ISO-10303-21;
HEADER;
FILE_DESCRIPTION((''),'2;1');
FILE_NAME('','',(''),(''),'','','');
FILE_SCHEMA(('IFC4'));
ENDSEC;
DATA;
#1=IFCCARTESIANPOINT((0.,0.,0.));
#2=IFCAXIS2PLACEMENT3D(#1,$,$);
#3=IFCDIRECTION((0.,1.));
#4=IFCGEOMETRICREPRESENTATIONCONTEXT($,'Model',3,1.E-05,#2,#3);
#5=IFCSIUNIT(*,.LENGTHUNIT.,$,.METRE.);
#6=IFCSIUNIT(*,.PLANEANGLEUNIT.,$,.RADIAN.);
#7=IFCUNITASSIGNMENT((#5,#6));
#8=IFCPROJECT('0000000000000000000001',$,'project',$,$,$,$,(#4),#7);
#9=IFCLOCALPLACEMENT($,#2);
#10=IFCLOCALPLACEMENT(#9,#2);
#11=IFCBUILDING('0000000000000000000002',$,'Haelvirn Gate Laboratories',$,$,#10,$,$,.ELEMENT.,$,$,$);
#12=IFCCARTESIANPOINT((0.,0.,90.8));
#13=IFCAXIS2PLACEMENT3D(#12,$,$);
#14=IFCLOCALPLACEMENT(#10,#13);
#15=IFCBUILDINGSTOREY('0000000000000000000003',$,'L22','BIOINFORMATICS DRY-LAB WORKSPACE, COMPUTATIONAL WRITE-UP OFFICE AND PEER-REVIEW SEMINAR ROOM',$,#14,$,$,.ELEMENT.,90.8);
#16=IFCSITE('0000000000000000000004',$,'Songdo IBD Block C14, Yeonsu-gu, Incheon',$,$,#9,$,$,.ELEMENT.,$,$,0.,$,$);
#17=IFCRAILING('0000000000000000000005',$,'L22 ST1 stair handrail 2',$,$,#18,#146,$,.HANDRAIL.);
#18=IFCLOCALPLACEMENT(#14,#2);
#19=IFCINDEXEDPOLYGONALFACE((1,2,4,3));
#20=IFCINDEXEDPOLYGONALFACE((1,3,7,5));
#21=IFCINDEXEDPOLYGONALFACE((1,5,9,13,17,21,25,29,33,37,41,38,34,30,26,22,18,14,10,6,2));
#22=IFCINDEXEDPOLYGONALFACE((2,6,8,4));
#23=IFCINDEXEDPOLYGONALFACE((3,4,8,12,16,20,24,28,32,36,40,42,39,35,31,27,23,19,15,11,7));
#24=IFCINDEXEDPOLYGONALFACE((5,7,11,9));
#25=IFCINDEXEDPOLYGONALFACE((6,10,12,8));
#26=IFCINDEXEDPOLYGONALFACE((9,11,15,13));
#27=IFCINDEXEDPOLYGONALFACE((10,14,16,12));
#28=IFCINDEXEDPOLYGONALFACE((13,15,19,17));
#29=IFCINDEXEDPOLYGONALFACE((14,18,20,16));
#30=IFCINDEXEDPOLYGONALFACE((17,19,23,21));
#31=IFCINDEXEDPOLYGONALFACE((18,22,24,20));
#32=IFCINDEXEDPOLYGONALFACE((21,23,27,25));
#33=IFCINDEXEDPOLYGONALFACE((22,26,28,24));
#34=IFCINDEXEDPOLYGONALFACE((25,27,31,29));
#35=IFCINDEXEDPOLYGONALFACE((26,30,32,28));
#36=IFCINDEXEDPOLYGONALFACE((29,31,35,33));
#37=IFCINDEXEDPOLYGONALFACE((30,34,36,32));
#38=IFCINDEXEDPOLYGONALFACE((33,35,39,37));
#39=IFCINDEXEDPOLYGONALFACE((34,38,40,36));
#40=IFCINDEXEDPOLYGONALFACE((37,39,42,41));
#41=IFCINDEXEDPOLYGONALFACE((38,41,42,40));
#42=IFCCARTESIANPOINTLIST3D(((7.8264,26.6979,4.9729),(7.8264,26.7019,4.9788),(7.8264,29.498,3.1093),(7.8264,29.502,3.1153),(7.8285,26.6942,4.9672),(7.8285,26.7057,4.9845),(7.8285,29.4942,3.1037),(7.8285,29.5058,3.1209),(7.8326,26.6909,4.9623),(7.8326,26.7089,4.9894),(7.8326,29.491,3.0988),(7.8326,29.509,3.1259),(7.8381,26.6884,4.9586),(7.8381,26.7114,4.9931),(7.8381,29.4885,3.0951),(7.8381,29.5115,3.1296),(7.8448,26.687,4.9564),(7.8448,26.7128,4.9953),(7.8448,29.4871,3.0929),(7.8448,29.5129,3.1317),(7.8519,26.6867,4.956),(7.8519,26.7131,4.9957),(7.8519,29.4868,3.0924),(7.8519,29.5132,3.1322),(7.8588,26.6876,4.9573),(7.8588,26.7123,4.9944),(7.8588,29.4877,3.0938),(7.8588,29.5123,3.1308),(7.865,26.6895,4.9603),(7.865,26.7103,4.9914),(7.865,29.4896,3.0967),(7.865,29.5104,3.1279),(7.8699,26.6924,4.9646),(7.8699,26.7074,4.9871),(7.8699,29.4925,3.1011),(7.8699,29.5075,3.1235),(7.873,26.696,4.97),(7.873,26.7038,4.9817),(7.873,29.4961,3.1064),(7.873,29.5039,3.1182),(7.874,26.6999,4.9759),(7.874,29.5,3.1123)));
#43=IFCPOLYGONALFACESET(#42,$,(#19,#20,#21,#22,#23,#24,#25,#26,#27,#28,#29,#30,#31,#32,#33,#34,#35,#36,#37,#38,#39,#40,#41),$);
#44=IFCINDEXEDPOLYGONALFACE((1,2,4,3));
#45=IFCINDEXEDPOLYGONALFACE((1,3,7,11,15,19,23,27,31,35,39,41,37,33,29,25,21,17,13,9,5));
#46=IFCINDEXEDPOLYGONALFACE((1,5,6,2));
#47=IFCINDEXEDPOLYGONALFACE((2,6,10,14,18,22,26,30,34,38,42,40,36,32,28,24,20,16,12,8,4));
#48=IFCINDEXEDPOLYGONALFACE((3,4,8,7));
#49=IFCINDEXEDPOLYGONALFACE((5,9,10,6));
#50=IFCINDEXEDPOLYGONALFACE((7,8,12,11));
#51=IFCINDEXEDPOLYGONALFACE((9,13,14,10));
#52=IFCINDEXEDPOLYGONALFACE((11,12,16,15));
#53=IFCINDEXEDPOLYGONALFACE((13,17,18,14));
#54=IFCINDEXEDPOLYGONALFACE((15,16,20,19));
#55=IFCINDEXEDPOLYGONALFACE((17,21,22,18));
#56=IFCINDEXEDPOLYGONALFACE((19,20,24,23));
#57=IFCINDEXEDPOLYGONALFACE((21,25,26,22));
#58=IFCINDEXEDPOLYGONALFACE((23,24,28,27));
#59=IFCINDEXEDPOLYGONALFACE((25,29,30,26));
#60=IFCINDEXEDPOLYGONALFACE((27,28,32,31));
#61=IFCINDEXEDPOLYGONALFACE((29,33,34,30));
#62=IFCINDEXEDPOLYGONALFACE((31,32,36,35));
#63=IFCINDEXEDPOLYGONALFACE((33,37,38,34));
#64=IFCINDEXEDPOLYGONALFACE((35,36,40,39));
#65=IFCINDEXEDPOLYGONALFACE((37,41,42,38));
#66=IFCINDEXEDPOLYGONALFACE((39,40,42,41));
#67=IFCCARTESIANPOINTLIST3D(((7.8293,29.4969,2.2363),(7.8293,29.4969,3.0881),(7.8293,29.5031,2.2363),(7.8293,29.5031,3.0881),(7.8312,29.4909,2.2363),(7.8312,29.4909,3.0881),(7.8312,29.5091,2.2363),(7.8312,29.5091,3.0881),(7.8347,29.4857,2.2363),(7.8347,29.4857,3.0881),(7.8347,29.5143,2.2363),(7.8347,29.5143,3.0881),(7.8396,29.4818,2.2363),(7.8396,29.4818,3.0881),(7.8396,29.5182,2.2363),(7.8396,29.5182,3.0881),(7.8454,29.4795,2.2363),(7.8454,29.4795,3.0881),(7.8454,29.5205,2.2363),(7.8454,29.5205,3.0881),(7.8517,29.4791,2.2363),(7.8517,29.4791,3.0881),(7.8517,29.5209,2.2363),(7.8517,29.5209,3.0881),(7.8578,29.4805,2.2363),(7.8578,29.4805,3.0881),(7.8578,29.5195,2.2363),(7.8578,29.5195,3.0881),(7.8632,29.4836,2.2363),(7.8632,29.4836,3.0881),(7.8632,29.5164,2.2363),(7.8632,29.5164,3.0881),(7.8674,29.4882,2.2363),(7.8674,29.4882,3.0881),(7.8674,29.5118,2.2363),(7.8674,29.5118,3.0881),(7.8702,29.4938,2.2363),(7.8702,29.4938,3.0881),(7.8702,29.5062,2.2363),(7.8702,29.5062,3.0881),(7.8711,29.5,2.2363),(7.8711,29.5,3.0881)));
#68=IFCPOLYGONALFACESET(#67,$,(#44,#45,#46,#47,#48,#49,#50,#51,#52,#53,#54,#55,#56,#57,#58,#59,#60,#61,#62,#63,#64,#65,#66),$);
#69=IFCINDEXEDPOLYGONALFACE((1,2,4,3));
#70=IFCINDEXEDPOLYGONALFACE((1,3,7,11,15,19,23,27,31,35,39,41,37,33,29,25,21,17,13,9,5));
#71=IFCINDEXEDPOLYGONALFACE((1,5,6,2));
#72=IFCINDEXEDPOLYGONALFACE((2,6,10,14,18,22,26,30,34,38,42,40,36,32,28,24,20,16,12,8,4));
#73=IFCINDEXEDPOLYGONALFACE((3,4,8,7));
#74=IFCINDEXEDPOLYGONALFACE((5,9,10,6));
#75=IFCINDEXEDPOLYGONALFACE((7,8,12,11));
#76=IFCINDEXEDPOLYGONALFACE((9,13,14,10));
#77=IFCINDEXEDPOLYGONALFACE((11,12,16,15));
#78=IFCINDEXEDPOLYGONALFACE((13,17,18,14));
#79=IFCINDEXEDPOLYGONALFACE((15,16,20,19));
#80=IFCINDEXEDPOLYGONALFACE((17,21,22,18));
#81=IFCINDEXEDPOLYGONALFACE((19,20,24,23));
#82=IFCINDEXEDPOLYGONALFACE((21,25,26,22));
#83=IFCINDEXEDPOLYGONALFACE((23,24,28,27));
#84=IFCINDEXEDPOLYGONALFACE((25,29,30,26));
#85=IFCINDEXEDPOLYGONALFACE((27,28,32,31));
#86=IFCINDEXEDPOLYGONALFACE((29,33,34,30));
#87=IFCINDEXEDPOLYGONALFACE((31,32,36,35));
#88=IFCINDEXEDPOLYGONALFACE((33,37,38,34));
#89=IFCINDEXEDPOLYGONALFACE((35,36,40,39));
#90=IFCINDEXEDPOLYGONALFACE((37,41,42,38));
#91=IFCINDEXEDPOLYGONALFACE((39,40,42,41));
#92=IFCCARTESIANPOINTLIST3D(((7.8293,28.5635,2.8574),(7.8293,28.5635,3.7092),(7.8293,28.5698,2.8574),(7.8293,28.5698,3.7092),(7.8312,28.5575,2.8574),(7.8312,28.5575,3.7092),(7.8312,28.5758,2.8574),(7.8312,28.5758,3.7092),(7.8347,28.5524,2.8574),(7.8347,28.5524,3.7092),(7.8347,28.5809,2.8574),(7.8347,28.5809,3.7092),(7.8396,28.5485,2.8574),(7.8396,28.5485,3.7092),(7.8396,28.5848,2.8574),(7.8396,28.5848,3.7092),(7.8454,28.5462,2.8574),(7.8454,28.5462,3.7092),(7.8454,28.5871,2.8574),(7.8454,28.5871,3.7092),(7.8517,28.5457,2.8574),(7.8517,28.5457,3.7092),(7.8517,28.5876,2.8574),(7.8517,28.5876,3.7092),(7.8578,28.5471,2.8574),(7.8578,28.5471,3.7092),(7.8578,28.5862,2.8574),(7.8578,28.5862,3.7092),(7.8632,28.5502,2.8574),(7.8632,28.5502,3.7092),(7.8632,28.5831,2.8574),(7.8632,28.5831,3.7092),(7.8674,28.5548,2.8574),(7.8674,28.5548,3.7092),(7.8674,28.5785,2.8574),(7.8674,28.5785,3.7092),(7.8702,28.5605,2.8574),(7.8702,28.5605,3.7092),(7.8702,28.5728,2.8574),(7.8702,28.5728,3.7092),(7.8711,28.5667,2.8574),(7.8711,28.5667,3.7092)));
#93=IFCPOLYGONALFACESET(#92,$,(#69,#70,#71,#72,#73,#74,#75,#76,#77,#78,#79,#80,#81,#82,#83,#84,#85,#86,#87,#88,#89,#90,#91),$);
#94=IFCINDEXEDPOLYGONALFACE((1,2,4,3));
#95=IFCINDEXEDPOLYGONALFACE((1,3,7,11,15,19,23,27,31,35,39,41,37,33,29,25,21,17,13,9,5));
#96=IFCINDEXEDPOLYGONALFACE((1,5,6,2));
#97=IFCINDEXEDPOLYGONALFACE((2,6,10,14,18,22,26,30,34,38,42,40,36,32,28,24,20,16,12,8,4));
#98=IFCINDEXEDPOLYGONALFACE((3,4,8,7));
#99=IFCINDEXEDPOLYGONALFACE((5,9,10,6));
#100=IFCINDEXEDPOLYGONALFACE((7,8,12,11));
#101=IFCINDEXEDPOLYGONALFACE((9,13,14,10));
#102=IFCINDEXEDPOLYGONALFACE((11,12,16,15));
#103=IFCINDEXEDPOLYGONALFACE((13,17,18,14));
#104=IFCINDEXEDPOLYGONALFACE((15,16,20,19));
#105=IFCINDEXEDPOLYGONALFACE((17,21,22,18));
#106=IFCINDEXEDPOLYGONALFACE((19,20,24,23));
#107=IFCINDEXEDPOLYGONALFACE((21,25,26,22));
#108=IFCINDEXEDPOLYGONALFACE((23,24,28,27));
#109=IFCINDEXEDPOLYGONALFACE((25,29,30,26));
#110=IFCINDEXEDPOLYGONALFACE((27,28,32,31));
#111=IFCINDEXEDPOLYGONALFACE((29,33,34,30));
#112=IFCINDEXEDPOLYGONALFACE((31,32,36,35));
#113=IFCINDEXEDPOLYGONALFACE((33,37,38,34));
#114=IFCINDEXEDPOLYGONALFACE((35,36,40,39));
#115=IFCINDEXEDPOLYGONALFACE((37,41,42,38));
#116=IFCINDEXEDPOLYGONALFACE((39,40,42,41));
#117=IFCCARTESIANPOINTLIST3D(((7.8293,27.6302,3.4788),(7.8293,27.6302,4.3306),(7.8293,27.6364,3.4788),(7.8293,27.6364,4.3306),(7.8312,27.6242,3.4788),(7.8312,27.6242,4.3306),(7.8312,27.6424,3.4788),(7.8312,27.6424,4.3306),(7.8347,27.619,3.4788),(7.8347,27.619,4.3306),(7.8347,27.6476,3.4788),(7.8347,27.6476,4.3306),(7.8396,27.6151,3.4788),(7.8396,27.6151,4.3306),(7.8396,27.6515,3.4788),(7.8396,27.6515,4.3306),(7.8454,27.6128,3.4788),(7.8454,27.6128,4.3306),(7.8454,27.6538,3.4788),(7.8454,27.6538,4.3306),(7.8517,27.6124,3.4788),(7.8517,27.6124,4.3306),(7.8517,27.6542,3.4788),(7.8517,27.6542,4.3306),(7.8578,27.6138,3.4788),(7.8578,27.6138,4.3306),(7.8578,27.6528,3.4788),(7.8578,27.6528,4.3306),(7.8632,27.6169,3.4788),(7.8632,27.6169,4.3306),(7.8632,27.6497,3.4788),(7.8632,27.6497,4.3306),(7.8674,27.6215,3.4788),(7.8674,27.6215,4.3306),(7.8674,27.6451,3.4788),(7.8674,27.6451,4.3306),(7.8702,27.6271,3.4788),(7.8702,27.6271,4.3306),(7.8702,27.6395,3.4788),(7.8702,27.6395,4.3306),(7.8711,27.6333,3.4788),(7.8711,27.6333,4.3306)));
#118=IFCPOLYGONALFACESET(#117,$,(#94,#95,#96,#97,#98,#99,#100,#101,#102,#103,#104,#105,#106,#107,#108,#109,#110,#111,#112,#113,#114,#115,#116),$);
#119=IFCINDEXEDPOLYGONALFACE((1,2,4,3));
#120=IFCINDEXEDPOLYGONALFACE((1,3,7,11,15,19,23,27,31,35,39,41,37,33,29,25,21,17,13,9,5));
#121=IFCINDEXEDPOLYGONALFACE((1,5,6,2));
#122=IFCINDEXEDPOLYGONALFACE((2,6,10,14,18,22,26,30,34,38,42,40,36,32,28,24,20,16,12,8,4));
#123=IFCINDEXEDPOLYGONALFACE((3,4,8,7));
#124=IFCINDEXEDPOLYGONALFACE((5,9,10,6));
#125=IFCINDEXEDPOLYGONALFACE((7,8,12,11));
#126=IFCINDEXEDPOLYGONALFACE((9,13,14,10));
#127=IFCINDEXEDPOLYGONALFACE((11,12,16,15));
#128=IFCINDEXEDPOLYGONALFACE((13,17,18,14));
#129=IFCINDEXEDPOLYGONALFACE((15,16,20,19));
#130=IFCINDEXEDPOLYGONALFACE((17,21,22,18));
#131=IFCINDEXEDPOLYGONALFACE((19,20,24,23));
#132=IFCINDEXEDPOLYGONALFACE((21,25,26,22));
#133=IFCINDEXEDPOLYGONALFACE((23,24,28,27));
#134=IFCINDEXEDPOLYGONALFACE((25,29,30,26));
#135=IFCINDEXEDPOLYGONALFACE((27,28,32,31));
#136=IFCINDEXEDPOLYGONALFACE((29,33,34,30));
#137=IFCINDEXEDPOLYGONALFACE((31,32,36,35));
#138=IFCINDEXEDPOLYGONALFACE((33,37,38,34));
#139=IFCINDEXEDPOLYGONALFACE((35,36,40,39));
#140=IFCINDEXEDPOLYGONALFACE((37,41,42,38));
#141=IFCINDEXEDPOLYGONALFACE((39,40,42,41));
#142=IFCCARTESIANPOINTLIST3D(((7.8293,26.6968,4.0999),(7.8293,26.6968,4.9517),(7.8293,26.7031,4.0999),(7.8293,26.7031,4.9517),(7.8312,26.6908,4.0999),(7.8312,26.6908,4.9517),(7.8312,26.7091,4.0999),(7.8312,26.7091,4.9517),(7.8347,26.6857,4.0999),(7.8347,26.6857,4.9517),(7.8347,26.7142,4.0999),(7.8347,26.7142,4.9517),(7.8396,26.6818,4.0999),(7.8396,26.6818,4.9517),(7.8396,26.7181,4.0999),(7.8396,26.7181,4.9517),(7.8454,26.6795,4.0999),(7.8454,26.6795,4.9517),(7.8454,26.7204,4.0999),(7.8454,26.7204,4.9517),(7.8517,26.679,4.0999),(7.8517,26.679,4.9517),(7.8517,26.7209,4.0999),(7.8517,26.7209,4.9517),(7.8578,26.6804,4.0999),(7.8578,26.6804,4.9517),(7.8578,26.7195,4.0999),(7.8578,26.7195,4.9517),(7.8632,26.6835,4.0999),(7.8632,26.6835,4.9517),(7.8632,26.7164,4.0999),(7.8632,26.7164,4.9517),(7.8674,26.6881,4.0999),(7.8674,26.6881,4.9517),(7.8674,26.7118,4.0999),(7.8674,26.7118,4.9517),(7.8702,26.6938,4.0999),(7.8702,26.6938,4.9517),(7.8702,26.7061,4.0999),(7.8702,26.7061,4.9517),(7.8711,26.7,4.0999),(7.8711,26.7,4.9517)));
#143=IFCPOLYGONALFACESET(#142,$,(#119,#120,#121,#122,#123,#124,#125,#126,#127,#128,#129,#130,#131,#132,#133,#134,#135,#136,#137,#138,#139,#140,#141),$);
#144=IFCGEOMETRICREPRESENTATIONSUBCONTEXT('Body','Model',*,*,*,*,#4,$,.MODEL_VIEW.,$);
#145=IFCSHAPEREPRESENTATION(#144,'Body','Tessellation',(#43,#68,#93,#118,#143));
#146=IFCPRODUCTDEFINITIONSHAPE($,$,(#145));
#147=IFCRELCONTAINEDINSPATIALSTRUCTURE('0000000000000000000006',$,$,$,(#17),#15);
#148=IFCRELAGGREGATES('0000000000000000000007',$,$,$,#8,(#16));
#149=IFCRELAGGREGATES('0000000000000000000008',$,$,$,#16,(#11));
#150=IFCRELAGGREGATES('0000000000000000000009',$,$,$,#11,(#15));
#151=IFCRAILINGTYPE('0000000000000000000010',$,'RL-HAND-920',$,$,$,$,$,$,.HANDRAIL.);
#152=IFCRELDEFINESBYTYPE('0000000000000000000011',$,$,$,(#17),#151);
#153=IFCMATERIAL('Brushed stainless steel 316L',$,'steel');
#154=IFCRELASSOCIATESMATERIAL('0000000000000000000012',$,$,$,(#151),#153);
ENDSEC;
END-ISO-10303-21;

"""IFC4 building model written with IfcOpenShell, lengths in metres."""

from ifc_helpers import new_model, si_unit, direction, frame, origin, origin_2d, place, context, subcontext, project, spatial, circle, extrude, source, transform, mapped, material, type_object, element, save


model = new_model("IFC4")

# Units and contexts
model_context = context("Model", 3, precision=1e-05, world=origin(), true_north=direction((0.0, 1.0)))
body_context = subcontext(model_context, "Body", "Model", "MODEL_VIEW")
ifc_project = project(units=[si_unit("LENGTHUNIT", "METRE"), si_unit("PLANEANGLEUNIT", "RADIAN")], contexts=[model_context])

# Site, building, storey
site_placement = place(None, origin())
site = spatial("IfcSite", under=ifc_project, at=site_placement, Name="Songdo IBD Block C14, Yeonsu-gu, Incheon", CompositionType="ELEMENT", RefElevation=0.0)
building_placement = place(site_placement, origin())
building = spatial("IfcBuilding", under=site, at=building_placement, Name="Haelvirn Gate Laboratories", CompositionType="ELEMENT")
storey_placement = place(building_placement, frame((0.0, 0.0, 90.8)))
storey = spatial("IfcBuildingStorey", under=building, at=storey_placement, Name="L22", Description="BIOINFORMATICS DRY-LAB WORKSPACE, COMPUTATIONAL WRITE-UP OFFICE AND PEER-REVIEW SEMINAR ROOM", CompositionType="ELEMENT", Elevation=90.8)

# Railing
ifc_material_1 = material(Name="Brushed stainless steel 316L", Category="steel")
railing_type_1 = type_object("IfcRailingType", Name="RL-HAND-920", PredefinedType="HANDRAIL", material=ifc_material_1)
shared_shape_1 = source(origin(), body_context, "Body", "SweptSolid", [
    extrude(circle(Radius=0.0239, at=origin_2d()), frame((0.0, 0.0, 0.876), z_axis=(0.0, -0.832486, 0.554047), x_axis=(1.0, 0.0, 0.0)), (0.0, 0.0, 1.0), 3.3635),
    extrude(circle(Radius=0.021, at=origin_2d()), origin(), (0.0, 0.0, 1.0), 0.8518),
    extrude(circle(Radius=0.021, at=origin_2d()), frame((0.0, -0.9333, 0.6211)), (0.0, 0.0, 1.0), 0.8518),
    extrude(circle(Radius=0.021, at=origin_2d()), frame((0.0, -1.8667, 1.2424)), (0.0, 0.0, 1.0), 0.8518),
    extrude(circle(Radius=0.021, at=origin_2d()), frame((0.0, -2.8, 1.8635)), (0.0, 0.0, 1.0), 0.8518),
])
railing_1_placement = place(storey_placement, frame((7.8501, 29.5, 2.2363)))
element("IfcRailing", 1, at=railing_1_placement, inside=storey, type_object=railing_type_1, Name="L22 ST1 stair handrail 2", PredefinedType="HANDRAIL", context=body_context, shape_type="MappedRepresentation", body=[
    mapped(shared_shape_1, transform((0.0, 0.0, 0.0), scale=1.0)),
])

save(model, "model.ifc")
